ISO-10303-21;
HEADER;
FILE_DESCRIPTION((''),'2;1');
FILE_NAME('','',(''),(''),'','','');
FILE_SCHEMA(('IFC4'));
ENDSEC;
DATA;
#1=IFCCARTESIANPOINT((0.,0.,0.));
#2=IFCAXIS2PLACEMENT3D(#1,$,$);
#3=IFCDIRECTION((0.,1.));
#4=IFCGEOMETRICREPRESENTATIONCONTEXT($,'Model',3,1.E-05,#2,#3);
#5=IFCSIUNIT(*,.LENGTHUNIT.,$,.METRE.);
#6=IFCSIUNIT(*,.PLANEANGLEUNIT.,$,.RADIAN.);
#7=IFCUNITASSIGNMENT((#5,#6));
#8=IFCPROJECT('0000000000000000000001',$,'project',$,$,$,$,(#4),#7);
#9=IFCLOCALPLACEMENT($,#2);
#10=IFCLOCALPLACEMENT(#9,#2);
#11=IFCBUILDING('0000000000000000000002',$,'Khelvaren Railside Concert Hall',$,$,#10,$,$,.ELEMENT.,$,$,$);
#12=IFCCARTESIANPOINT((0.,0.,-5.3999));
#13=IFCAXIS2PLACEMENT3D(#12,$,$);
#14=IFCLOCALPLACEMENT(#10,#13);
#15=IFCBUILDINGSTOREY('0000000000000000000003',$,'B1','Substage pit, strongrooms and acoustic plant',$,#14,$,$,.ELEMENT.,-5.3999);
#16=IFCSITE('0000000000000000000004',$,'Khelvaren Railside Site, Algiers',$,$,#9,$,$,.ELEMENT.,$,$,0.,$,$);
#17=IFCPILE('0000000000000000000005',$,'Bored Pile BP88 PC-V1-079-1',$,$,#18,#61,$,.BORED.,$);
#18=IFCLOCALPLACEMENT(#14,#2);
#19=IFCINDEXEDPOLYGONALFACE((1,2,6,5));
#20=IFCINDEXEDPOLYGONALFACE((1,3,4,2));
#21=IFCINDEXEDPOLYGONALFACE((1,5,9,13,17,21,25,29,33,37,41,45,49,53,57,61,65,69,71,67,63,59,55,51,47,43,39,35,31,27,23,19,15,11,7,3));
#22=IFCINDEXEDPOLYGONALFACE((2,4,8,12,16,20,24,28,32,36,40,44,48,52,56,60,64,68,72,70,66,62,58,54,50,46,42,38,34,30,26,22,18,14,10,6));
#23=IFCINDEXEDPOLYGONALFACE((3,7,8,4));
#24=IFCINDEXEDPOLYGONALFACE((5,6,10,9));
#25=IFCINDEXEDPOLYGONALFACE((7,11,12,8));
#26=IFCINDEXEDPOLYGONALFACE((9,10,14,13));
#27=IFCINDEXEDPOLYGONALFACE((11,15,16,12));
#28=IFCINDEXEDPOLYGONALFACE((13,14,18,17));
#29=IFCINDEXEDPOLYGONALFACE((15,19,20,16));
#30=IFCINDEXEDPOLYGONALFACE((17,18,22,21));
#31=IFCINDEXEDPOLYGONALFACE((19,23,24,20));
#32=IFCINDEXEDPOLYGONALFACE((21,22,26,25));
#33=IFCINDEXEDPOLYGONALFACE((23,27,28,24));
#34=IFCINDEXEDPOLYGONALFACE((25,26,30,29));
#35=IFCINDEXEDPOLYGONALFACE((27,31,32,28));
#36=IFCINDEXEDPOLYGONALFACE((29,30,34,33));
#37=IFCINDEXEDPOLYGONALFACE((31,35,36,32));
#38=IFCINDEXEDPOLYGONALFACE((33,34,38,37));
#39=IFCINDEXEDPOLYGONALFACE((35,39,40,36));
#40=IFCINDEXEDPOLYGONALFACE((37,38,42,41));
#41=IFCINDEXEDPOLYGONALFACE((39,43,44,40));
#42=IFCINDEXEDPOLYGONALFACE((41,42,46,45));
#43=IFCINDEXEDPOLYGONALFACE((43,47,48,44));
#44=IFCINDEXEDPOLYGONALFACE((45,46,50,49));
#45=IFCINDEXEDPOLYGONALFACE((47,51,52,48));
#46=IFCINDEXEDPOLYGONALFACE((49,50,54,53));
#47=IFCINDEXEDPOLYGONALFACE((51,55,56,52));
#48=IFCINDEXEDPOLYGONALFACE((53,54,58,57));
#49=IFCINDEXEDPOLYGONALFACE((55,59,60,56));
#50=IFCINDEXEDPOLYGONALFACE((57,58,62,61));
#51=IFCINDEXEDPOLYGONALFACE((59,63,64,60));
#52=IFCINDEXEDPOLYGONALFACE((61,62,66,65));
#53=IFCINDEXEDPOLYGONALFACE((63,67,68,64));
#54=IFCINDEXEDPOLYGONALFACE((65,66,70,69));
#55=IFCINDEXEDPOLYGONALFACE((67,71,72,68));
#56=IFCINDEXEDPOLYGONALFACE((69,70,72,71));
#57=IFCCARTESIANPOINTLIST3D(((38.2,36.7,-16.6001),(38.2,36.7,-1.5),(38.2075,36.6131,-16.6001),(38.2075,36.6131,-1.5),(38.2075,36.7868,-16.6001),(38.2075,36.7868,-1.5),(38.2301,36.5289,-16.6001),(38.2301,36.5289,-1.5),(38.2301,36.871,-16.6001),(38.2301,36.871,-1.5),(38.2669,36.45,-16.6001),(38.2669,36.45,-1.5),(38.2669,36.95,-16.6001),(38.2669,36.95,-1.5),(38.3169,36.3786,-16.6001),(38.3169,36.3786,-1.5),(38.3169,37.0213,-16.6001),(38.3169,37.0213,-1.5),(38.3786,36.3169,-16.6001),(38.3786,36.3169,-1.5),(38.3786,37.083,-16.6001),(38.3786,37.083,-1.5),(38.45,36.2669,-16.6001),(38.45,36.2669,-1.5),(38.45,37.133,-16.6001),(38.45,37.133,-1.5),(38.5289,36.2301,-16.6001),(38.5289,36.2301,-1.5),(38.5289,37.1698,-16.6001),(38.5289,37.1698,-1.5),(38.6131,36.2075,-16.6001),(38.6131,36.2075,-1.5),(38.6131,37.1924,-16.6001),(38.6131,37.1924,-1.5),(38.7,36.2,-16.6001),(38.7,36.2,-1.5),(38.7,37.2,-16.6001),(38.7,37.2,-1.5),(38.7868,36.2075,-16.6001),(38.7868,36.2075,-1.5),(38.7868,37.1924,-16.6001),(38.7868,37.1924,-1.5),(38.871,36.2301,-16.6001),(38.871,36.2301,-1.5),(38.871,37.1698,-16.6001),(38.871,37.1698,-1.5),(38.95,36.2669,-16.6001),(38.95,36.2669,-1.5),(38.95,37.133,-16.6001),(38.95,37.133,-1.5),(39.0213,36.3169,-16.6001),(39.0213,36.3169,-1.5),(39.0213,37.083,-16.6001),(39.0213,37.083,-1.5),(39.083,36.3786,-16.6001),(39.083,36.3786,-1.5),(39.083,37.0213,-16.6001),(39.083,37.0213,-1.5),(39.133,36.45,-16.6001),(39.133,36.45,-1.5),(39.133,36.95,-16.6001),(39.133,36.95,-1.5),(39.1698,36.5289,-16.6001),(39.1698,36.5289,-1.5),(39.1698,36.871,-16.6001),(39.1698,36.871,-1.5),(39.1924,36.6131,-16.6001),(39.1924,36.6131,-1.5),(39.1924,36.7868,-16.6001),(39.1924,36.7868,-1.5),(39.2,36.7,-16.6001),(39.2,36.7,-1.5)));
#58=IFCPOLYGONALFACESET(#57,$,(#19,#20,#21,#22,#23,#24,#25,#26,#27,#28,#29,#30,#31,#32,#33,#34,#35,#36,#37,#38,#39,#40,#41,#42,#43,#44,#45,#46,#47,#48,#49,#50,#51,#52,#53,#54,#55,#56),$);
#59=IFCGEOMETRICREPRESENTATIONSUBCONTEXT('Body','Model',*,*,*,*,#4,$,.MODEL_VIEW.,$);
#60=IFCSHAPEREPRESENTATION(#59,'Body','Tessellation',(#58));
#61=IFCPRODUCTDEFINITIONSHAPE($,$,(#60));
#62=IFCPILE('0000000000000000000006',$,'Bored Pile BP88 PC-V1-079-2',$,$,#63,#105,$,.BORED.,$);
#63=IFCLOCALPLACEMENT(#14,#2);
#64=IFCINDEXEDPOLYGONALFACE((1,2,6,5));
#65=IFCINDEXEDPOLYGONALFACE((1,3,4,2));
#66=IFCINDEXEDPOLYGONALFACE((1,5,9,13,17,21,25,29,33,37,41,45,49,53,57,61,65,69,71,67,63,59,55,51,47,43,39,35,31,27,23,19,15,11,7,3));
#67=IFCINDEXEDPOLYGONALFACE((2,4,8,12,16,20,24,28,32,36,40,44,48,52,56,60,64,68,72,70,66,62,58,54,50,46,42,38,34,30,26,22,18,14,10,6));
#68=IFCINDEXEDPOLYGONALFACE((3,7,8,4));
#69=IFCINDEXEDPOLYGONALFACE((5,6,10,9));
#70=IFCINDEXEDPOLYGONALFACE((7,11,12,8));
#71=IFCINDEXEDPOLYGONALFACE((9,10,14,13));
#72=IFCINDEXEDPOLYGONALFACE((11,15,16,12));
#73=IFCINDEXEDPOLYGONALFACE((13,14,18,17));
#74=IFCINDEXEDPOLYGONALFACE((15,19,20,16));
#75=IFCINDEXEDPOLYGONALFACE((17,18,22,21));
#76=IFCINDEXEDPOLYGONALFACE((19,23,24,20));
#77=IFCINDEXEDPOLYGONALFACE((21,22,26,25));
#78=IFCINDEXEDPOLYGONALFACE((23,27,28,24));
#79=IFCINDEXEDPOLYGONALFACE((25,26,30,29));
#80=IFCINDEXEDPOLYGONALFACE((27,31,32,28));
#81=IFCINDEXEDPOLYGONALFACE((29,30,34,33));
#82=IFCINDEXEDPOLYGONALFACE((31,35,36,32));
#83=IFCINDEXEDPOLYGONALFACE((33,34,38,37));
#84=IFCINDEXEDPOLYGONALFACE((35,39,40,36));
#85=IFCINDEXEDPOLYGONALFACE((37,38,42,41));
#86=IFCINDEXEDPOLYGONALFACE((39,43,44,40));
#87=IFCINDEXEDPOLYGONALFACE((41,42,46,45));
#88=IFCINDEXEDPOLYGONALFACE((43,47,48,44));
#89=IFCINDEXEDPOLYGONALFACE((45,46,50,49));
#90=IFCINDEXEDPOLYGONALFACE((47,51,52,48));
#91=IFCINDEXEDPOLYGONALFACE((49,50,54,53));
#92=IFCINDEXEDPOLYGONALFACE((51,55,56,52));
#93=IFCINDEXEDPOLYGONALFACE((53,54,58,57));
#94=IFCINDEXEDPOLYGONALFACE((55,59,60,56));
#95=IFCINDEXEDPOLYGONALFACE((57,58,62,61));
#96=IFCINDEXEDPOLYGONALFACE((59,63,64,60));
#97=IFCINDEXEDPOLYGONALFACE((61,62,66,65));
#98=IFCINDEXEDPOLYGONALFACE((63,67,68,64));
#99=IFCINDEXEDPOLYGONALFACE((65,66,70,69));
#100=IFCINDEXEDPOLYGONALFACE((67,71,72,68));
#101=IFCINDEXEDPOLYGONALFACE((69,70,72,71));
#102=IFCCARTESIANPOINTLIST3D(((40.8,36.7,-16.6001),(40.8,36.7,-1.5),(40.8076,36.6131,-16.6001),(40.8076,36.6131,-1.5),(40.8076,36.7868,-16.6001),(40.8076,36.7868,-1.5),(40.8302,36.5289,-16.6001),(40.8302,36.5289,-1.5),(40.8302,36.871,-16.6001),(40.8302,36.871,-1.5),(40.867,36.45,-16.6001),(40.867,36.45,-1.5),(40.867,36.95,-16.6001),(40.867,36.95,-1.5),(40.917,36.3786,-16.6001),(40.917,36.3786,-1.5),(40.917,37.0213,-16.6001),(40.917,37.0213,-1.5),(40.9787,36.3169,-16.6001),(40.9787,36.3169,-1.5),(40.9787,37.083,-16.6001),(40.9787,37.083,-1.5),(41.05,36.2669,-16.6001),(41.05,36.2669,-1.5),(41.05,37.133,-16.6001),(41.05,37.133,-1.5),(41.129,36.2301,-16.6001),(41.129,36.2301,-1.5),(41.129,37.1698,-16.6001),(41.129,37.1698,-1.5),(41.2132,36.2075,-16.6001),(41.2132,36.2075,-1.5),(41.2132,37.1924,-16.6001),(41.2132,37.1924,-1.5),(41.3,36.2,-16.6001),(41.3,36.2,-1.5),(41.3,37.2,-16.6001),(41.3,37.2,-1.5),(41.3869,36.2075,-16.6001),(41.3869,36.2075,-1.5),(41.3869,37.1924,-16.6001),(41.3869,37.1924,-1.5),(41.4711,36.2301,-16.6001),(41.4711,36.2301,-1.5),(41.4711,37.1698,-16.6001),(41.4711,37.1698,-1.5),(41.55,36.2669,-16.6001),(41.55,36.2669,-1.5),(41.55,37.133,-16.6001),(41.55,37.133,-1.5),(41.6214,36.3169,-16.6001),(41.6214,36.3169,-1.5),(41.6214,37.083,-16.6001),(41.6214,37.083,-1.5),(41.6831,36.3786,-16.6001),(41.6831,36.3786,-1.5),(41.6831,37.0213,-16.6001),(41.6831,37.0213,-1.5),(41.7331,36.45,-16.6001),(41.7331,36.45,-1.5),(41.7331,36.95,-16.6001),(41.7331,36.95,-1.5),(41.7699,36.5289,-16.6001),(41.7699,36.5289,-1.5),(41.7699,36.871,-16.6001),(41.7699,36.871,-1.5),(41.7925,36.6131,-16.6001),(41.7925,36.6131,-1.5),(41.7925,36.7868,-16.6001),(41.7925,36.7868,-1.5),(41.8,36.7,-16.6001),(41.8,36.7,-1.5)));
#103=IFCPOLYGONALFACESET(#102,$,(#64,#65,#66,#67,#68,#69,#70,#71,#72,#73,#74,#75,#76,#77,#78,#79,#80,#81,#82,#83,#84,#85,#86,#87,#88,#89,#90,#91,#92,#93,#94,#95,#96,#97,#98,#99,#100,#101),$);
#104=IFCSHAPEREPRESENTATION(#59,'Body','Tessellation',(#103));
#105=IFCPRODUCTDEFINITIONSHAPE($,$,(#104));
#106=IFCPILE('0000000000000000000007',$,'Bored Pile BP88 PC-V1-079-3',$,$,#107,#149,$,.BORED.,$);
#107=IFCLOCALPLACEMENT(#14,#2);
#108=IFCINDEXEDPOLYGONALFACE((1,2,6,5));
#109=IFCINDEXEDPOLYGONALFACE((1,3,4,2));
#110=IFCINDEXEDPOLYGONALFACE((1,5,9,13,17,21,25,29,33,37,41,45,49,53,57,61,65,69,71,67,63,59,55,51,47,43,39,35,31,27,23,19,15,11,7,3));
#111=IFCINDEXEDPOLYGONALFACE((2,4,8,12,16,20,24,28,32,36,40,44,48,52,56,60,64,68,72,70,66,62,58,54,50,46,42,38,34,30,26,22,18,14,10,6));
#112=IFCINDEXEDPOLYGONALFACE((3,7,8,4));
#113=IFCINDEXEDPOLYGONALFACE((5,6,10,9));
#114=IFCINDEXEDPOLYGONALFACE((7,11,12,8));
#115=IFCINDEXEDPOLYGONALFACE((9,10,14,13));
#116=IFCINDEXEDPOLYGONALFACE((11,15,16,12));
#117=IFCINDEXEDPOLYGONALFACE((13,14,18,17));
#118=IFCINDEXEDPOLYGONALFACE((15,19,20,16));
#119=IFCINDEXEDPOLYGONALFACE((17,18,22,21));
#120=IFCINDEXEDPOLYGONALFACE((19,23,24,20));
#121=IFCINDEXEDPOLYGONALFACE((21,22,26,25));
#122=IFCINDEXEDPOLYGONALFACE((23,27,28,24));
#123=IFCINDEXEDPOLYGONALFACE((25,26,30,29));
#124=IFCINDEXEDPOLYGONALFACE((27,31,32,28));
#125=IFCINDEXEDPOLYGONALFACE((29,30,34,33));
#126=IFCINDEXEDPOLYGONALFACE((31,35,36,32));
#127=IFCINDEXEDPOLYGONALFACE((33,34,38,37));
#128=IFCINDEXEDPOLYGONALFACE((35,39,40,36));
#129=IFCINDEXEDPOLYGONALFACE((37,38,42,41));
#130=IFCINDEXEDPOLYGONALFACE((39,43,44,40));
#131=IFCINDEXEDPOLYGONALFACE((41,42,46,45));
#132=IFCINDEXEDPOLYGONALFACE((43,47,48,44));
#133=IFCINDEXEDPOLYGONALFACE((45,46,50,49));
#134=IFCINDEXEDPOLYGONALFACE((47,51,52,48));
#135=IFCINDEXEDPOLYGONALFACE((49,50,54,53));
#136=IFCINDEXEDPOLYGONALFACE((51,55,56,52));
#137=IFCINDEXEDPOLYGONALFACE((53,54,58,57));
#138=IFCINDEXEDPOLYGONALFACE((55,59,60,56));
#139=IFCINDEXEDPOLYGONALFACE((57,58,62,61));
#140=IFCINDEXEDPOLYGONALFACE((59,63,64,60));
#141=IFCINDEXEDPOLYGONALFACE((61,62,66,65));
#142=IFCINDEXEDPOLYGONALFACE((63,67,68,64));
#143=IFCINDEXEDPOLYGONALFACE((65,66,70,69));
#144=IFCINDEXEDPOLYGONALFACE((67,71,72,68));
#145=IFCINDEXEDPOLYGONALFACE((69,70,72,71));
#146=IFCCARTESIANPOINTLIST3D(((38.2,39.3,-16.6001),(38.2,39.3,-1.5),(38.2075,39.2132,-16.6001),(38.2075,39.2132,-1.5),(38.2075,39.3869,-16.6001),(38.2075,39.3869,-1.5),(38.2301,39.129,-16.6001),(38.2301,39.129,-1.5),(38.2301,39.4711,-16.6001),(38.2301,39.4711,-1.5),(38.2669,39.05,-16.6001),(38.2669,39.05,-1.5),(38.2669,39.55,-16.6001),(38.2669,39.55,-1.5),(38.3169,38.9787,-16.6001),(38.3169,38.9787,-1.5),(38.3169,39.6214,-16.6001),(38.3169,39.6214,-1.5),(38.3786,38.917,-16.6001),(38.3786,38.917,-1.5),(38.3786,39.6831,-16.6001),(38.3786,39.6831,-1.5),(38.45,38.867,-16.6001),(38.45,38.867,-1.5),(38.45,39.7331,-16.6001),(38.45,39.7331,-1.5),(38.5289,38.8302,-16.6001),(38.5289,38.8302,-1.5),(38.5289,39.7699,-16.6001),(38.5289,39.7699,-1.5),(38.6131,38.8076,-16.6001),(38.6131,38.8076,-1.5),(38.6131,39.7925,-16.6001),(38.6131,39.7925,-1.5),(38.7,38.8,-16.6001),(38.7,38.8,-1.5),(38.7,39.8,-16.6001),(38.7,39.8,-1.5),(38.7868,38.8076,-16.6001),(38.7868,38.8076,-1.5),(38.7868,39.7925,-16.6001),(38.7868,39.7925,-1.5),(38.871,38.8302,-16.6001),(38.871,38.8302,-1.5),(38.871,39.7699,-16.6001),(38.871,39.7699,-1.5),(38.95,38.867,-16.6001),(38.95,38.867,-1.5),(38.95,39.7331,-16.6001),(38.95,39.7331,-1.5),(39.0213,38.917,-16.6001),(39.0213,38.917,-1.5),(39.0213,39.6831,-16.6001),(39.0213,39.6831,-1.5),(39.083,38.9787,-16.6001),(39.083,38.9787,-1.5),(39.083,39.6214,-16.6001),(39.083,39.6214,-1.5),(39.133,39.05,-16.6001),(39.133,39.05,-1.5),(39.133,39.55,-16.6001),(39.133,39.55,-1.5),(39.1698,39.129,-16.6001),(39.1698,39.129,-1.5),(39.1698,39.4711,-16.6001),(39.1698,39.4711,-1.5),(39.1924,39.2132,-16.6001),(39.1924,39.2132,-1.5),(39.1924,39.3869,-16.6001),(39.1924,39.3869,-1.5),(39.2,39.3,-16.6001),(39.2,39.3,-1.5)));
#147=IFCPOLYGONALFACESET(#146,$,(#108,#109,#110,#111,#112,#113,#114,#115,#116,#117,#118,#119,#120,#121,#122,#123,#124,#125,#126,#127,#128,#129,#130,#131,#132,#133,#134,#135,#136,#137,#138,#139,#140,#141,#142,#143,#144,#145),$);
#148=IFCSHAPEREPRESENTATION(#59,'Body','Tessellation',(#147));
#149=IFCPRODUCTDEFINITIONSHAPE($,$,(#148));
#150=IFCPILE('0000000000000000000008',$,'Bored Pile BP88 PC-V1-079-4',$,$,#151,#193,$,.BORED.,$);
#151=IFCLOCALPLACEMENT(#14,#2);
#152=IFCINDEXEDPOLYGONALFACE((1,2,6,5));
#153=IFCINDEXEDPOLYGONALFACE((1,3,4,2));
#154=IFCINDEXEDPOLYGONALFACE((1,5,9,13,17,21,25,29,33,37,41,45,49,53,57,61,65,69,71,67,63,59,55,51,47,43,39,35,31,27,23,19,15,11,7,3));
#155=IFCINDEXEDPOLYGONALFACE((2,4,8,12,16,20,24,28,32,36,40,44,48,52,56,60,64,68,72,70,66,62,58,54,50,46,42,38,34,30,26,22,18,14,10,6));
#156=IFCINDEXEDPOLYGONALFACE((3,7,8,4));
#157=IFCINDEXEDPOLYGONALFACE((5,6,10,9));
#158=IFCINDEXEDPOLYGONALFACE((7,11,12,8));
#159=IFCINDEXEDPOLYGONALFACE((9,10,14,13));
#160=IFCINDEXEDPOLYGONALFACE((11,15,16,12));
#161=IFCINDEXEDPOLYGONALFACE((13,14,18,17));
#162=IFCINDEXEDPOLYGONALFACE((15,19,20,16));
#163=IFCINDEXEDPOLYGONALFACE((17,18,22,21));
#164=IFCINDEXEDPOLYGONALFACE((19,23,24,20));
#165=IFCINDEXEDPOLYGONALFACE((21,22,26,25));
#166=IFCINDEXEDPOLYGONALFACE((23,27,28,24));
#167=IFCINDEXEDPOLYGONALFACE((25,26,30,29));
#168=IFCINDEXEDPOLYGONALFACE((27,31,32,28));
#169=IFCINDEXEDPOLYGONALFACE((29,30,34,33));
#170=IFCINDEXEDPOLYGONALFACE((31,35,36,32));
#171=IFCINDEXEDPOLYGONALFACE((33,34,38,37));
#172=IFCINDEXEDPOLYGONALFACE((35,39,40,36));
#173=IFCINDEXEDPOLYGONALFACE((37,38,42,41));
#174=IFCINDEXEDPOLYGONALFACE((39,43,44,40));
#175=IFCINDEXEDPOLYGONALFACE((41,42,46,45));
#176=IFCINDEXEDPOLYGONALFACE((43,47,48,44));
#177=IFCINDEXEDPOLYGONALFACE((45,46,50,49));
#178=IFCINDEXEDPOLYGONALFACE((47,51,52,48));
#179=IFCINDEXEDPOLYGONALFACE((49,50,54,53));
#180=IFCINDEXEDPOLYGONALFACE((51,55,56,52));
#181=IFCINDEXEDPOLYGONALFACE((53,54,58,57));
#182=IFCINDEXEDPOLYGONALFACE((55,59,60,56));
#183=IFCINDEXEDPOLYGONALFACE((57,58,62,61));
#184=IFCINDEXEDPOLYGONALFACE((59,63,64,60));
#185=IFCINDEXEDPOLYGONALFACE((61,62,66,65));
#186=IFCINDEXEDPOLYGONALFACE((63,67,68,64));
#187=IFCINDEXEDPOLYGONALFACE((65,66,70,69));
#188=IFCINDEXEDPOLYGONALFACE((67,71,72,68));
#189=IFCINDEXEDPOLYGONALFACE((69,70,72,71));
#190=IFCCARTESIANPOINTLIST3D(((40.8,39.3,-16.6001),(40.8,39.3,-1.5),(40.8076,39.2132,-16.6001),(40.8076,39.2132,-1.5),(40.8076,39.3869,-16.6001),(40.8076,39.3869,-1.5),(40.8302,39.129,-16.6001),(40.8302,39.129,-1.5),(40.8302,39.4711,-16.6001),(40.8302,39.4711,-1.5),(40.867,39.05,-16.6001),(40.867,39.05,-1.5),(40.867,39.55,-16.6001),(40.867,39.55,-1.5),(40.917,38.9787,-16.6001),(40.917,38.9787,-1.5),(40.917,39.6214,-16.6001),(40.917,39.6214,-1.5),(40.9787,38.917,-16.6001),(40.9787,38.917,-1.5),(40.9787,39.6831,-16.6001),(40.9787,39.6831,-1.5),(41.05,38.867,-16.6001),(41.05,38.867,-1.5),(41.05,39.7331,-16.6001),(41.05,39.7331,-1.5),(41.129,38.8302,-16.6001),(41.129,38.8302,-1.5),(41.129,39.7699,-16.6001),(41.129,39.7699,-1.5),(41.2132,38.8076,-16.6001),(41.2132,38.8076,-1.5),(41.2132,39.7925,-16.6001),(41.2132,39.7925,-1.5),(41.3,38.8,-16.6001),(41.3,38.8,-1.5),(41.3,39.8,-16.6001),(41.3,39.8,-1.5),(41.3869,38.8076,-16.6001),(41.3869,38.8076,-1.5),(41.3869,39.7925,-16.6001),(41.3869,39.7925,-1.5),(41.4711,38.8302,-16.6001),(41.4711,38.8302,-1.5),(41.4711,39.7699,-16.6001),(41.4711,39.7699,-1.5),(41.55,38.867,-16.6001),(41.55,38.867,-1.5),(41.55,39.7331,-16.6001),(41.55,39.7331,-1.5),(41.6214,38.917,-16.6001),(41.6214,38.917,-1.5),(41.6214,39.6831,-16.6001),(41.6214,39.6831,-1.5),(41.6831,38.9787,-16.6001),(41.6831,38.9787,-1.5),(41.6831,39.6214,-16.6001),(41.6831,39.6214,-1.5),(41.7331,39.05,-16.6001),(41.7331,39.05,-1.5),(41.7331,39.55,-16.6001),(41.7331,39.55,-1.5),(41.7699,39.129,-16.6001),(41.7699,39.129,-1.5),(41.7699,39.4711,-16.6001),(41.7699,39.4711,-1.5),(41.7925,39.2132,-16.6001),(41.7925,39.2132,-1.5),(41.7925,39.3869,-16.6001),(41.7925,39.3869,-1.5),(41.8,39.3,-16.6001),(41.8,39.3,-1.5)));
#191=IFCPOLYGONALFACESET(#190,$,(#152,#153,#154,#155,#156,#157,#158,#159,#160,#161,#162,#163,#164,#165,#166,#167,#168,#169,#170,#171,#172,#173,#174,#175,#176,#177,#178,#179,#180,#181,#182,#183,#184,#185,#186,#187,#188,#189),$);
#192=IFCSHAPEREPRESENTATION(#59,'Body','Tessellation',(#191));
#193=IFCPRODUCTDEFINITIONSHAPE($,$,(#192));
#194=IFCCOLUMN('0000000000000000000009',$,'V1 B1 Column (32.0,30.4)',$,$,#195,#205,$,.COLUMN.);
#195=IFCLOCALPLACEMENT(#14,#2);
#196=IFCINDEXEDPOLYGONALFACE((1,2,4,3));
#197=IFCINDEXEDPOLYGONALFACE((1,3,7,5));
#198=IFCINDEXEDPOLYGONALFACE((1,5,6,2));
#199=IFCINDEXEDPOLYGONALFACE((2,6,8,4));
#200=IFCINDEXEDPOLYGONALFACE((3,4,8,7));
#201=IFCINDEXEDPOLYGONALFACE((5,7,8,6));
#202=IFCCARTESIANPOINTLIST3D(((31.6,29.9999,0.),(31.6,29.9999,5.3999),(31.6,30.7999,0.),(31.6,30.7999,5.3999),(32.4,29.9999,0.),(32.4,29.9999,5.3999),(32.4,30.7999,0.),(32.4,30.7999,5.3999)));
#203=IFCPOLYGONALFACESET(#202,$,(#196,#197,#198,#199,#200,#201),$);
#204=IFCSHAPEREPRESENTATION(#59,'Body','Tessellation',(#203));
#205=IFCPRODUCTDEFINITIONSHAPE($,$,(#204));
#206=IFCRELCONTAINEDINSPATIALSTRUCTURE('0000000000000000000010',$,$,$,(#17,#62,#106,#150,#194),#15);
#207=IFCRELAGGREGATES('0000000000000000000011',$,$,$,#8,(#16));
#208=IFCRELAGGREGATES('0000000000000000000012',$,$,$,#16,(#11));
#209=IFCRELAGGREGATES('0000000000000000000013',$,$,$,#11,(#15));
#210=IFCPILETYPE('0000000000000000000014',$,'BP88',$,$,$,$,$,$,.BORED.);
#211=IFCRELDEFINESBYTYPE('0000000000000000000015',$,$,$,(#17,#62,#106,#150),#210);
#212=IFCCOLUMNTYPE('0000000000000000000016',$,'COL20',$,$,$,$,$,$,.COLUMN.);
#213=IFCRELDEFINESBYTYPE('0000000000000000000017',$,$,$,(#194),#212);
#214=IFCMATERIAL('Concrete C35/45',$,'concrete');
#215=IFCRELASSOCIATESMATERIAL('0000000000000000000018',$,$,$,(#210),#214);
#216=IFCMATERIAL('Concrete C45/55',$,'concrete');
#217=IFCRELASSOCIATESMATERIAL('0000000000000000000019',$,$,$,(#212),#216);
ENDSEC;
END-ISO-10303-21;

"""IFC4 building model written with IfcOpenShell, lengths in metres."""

from ifc_helpers import new_model, si_unit, direction, frame, origin, origin_2d, place, context, subcontext, project, spatial, rectangle, circle, extrude, material, material_profile, profile_set, type_object, element, save


model = new_model("IFC4")

# Units and contexts
model_context = context("Model", 3, precision=1e-05, world=origin(), true_north=direction((0.0, 1.0)))
body_context = subcontext(model_context, "Body", "Model", "MODEL_VIEW")
ifc_project = project(units=[si_unit("LENGTHUNIT", "METRE"), si_unit("PLANEANGLEUNIT", "RADIAN")], contexts=[model_context])

# Site, building, storey
site_placement = place(None, origin())
site = spatial("IfcSite", under=ifc_project, at=site_placement, Name="Khelvaren Railside Site, Algiers", CompositionType="ELEMENT", RefElevation=0.0)
building_placement = place(site_placement, origin())
building = spatial("IfcBuilding", under=site, at=building_placement, Name="Khelvaren Railside Concert Hall", CompositionType="ELEMENT")
storey_placement = place(building_placement, frame((0.0, 0.0, -5.3999)))
storey = spatial("IfcBuildingStorey", under=building, at=storey_placement, Name="B1", Description="Substage pit, strongrooms and acoustic plant", CompositionType="ELEMENT", Elevation=-5.3999)

# Piles
ifc_material_1 = material(Name="Concrete C35/45", Category="concrete")
ifc_material_profile_1 = material_profile(ifc_material_1, circle(Radius=0.5, at=origin_2d()), Name="BP D1000")
ifc_profile_set_1 = profile_set([ifc_material_profile_1], Name="Concrete C35/45")
pile_type_1 = type_object("IfcPileType", Name="BP88", PredefinedType="BORED", material=ifc_profile_set_1)
for number, where, z_axis, x_axis, name in (
    (1, (38.7, 36.7, -1.5), (0.0, 0.0, -1.0), (1.0, 0.0, 0.0), "Bored Pile BP88 PC-V1-079-1"),
    (2, (41.3, 36.7, -1.5), (0.0, 0.0, -1.0), (1.0, 0.0, 0.0), "Bored Pile BP88 PC-V1-079-2"),
    (3, (38.7, 39.3, -1.5), (0.0, 0.0, -1.0), (1.0, 0.0, 0.0), "Bored Pile BP88 PC-V1-079-3"),
    (4, (41.3, 39.3, -1.5), (0.0, 0.0, -1.0), (1.0, 0.0, 0.0), "Bored Pile BP88 PC-V1-079-4"),
):
    element("IfcPile", number, at=place(storey_placement, frame(where, z_axis=z_axis, x_axis=x_axis)), inside=storey, type_object=pile_type_1, Name=name, PredefinedType="BORED", context=body_context, shape_type="SweptSolid", body=[
        extrude(circle(Radius=0.5, at=origin_2d()), origin(), (0.0, 0.0, 1.0), 15.1001),
    ])

# Column
ifc_material_2 = material(Name="Concrete C45/55", Category="concrete")
ifc_material_profile_2 = material_profile(ifc_material_2, rectangle(XDim=0.8, YDim=0.8, at=origin_2d()), Name="RC 800x800")
ifc_profile_set_2 = profile_set([ifc_material_profile_2], Name="Concrete C45/55")
column_type_1 = type_object("IfcColumnType", Name="COL20", PredefinedType="COLUMN", material=ifc_profile_set_2)
column_1_placement = place(storey_placement, frame((32.0, 30.3999, 0.0), z_axis=(0.0, 0.0, 1.0), x_axis=(1.0, 0.0, 0.0)))
element("IfcColumn", 5, at=column_1_placement, inside=storey, type_object=column_type_1, Name="V1 B1 Column (32.0,30.4)", PredefinedType="COLUMN", context=body_context, shape_type="SweptSolid", body=[
    extrude(rectangle(XDim=0.8, YDim=0.8, at=origin_2d()), origin(), (0.0, 0.0, 1.0), 5.3999),
])

save(model, "model.ifc")
